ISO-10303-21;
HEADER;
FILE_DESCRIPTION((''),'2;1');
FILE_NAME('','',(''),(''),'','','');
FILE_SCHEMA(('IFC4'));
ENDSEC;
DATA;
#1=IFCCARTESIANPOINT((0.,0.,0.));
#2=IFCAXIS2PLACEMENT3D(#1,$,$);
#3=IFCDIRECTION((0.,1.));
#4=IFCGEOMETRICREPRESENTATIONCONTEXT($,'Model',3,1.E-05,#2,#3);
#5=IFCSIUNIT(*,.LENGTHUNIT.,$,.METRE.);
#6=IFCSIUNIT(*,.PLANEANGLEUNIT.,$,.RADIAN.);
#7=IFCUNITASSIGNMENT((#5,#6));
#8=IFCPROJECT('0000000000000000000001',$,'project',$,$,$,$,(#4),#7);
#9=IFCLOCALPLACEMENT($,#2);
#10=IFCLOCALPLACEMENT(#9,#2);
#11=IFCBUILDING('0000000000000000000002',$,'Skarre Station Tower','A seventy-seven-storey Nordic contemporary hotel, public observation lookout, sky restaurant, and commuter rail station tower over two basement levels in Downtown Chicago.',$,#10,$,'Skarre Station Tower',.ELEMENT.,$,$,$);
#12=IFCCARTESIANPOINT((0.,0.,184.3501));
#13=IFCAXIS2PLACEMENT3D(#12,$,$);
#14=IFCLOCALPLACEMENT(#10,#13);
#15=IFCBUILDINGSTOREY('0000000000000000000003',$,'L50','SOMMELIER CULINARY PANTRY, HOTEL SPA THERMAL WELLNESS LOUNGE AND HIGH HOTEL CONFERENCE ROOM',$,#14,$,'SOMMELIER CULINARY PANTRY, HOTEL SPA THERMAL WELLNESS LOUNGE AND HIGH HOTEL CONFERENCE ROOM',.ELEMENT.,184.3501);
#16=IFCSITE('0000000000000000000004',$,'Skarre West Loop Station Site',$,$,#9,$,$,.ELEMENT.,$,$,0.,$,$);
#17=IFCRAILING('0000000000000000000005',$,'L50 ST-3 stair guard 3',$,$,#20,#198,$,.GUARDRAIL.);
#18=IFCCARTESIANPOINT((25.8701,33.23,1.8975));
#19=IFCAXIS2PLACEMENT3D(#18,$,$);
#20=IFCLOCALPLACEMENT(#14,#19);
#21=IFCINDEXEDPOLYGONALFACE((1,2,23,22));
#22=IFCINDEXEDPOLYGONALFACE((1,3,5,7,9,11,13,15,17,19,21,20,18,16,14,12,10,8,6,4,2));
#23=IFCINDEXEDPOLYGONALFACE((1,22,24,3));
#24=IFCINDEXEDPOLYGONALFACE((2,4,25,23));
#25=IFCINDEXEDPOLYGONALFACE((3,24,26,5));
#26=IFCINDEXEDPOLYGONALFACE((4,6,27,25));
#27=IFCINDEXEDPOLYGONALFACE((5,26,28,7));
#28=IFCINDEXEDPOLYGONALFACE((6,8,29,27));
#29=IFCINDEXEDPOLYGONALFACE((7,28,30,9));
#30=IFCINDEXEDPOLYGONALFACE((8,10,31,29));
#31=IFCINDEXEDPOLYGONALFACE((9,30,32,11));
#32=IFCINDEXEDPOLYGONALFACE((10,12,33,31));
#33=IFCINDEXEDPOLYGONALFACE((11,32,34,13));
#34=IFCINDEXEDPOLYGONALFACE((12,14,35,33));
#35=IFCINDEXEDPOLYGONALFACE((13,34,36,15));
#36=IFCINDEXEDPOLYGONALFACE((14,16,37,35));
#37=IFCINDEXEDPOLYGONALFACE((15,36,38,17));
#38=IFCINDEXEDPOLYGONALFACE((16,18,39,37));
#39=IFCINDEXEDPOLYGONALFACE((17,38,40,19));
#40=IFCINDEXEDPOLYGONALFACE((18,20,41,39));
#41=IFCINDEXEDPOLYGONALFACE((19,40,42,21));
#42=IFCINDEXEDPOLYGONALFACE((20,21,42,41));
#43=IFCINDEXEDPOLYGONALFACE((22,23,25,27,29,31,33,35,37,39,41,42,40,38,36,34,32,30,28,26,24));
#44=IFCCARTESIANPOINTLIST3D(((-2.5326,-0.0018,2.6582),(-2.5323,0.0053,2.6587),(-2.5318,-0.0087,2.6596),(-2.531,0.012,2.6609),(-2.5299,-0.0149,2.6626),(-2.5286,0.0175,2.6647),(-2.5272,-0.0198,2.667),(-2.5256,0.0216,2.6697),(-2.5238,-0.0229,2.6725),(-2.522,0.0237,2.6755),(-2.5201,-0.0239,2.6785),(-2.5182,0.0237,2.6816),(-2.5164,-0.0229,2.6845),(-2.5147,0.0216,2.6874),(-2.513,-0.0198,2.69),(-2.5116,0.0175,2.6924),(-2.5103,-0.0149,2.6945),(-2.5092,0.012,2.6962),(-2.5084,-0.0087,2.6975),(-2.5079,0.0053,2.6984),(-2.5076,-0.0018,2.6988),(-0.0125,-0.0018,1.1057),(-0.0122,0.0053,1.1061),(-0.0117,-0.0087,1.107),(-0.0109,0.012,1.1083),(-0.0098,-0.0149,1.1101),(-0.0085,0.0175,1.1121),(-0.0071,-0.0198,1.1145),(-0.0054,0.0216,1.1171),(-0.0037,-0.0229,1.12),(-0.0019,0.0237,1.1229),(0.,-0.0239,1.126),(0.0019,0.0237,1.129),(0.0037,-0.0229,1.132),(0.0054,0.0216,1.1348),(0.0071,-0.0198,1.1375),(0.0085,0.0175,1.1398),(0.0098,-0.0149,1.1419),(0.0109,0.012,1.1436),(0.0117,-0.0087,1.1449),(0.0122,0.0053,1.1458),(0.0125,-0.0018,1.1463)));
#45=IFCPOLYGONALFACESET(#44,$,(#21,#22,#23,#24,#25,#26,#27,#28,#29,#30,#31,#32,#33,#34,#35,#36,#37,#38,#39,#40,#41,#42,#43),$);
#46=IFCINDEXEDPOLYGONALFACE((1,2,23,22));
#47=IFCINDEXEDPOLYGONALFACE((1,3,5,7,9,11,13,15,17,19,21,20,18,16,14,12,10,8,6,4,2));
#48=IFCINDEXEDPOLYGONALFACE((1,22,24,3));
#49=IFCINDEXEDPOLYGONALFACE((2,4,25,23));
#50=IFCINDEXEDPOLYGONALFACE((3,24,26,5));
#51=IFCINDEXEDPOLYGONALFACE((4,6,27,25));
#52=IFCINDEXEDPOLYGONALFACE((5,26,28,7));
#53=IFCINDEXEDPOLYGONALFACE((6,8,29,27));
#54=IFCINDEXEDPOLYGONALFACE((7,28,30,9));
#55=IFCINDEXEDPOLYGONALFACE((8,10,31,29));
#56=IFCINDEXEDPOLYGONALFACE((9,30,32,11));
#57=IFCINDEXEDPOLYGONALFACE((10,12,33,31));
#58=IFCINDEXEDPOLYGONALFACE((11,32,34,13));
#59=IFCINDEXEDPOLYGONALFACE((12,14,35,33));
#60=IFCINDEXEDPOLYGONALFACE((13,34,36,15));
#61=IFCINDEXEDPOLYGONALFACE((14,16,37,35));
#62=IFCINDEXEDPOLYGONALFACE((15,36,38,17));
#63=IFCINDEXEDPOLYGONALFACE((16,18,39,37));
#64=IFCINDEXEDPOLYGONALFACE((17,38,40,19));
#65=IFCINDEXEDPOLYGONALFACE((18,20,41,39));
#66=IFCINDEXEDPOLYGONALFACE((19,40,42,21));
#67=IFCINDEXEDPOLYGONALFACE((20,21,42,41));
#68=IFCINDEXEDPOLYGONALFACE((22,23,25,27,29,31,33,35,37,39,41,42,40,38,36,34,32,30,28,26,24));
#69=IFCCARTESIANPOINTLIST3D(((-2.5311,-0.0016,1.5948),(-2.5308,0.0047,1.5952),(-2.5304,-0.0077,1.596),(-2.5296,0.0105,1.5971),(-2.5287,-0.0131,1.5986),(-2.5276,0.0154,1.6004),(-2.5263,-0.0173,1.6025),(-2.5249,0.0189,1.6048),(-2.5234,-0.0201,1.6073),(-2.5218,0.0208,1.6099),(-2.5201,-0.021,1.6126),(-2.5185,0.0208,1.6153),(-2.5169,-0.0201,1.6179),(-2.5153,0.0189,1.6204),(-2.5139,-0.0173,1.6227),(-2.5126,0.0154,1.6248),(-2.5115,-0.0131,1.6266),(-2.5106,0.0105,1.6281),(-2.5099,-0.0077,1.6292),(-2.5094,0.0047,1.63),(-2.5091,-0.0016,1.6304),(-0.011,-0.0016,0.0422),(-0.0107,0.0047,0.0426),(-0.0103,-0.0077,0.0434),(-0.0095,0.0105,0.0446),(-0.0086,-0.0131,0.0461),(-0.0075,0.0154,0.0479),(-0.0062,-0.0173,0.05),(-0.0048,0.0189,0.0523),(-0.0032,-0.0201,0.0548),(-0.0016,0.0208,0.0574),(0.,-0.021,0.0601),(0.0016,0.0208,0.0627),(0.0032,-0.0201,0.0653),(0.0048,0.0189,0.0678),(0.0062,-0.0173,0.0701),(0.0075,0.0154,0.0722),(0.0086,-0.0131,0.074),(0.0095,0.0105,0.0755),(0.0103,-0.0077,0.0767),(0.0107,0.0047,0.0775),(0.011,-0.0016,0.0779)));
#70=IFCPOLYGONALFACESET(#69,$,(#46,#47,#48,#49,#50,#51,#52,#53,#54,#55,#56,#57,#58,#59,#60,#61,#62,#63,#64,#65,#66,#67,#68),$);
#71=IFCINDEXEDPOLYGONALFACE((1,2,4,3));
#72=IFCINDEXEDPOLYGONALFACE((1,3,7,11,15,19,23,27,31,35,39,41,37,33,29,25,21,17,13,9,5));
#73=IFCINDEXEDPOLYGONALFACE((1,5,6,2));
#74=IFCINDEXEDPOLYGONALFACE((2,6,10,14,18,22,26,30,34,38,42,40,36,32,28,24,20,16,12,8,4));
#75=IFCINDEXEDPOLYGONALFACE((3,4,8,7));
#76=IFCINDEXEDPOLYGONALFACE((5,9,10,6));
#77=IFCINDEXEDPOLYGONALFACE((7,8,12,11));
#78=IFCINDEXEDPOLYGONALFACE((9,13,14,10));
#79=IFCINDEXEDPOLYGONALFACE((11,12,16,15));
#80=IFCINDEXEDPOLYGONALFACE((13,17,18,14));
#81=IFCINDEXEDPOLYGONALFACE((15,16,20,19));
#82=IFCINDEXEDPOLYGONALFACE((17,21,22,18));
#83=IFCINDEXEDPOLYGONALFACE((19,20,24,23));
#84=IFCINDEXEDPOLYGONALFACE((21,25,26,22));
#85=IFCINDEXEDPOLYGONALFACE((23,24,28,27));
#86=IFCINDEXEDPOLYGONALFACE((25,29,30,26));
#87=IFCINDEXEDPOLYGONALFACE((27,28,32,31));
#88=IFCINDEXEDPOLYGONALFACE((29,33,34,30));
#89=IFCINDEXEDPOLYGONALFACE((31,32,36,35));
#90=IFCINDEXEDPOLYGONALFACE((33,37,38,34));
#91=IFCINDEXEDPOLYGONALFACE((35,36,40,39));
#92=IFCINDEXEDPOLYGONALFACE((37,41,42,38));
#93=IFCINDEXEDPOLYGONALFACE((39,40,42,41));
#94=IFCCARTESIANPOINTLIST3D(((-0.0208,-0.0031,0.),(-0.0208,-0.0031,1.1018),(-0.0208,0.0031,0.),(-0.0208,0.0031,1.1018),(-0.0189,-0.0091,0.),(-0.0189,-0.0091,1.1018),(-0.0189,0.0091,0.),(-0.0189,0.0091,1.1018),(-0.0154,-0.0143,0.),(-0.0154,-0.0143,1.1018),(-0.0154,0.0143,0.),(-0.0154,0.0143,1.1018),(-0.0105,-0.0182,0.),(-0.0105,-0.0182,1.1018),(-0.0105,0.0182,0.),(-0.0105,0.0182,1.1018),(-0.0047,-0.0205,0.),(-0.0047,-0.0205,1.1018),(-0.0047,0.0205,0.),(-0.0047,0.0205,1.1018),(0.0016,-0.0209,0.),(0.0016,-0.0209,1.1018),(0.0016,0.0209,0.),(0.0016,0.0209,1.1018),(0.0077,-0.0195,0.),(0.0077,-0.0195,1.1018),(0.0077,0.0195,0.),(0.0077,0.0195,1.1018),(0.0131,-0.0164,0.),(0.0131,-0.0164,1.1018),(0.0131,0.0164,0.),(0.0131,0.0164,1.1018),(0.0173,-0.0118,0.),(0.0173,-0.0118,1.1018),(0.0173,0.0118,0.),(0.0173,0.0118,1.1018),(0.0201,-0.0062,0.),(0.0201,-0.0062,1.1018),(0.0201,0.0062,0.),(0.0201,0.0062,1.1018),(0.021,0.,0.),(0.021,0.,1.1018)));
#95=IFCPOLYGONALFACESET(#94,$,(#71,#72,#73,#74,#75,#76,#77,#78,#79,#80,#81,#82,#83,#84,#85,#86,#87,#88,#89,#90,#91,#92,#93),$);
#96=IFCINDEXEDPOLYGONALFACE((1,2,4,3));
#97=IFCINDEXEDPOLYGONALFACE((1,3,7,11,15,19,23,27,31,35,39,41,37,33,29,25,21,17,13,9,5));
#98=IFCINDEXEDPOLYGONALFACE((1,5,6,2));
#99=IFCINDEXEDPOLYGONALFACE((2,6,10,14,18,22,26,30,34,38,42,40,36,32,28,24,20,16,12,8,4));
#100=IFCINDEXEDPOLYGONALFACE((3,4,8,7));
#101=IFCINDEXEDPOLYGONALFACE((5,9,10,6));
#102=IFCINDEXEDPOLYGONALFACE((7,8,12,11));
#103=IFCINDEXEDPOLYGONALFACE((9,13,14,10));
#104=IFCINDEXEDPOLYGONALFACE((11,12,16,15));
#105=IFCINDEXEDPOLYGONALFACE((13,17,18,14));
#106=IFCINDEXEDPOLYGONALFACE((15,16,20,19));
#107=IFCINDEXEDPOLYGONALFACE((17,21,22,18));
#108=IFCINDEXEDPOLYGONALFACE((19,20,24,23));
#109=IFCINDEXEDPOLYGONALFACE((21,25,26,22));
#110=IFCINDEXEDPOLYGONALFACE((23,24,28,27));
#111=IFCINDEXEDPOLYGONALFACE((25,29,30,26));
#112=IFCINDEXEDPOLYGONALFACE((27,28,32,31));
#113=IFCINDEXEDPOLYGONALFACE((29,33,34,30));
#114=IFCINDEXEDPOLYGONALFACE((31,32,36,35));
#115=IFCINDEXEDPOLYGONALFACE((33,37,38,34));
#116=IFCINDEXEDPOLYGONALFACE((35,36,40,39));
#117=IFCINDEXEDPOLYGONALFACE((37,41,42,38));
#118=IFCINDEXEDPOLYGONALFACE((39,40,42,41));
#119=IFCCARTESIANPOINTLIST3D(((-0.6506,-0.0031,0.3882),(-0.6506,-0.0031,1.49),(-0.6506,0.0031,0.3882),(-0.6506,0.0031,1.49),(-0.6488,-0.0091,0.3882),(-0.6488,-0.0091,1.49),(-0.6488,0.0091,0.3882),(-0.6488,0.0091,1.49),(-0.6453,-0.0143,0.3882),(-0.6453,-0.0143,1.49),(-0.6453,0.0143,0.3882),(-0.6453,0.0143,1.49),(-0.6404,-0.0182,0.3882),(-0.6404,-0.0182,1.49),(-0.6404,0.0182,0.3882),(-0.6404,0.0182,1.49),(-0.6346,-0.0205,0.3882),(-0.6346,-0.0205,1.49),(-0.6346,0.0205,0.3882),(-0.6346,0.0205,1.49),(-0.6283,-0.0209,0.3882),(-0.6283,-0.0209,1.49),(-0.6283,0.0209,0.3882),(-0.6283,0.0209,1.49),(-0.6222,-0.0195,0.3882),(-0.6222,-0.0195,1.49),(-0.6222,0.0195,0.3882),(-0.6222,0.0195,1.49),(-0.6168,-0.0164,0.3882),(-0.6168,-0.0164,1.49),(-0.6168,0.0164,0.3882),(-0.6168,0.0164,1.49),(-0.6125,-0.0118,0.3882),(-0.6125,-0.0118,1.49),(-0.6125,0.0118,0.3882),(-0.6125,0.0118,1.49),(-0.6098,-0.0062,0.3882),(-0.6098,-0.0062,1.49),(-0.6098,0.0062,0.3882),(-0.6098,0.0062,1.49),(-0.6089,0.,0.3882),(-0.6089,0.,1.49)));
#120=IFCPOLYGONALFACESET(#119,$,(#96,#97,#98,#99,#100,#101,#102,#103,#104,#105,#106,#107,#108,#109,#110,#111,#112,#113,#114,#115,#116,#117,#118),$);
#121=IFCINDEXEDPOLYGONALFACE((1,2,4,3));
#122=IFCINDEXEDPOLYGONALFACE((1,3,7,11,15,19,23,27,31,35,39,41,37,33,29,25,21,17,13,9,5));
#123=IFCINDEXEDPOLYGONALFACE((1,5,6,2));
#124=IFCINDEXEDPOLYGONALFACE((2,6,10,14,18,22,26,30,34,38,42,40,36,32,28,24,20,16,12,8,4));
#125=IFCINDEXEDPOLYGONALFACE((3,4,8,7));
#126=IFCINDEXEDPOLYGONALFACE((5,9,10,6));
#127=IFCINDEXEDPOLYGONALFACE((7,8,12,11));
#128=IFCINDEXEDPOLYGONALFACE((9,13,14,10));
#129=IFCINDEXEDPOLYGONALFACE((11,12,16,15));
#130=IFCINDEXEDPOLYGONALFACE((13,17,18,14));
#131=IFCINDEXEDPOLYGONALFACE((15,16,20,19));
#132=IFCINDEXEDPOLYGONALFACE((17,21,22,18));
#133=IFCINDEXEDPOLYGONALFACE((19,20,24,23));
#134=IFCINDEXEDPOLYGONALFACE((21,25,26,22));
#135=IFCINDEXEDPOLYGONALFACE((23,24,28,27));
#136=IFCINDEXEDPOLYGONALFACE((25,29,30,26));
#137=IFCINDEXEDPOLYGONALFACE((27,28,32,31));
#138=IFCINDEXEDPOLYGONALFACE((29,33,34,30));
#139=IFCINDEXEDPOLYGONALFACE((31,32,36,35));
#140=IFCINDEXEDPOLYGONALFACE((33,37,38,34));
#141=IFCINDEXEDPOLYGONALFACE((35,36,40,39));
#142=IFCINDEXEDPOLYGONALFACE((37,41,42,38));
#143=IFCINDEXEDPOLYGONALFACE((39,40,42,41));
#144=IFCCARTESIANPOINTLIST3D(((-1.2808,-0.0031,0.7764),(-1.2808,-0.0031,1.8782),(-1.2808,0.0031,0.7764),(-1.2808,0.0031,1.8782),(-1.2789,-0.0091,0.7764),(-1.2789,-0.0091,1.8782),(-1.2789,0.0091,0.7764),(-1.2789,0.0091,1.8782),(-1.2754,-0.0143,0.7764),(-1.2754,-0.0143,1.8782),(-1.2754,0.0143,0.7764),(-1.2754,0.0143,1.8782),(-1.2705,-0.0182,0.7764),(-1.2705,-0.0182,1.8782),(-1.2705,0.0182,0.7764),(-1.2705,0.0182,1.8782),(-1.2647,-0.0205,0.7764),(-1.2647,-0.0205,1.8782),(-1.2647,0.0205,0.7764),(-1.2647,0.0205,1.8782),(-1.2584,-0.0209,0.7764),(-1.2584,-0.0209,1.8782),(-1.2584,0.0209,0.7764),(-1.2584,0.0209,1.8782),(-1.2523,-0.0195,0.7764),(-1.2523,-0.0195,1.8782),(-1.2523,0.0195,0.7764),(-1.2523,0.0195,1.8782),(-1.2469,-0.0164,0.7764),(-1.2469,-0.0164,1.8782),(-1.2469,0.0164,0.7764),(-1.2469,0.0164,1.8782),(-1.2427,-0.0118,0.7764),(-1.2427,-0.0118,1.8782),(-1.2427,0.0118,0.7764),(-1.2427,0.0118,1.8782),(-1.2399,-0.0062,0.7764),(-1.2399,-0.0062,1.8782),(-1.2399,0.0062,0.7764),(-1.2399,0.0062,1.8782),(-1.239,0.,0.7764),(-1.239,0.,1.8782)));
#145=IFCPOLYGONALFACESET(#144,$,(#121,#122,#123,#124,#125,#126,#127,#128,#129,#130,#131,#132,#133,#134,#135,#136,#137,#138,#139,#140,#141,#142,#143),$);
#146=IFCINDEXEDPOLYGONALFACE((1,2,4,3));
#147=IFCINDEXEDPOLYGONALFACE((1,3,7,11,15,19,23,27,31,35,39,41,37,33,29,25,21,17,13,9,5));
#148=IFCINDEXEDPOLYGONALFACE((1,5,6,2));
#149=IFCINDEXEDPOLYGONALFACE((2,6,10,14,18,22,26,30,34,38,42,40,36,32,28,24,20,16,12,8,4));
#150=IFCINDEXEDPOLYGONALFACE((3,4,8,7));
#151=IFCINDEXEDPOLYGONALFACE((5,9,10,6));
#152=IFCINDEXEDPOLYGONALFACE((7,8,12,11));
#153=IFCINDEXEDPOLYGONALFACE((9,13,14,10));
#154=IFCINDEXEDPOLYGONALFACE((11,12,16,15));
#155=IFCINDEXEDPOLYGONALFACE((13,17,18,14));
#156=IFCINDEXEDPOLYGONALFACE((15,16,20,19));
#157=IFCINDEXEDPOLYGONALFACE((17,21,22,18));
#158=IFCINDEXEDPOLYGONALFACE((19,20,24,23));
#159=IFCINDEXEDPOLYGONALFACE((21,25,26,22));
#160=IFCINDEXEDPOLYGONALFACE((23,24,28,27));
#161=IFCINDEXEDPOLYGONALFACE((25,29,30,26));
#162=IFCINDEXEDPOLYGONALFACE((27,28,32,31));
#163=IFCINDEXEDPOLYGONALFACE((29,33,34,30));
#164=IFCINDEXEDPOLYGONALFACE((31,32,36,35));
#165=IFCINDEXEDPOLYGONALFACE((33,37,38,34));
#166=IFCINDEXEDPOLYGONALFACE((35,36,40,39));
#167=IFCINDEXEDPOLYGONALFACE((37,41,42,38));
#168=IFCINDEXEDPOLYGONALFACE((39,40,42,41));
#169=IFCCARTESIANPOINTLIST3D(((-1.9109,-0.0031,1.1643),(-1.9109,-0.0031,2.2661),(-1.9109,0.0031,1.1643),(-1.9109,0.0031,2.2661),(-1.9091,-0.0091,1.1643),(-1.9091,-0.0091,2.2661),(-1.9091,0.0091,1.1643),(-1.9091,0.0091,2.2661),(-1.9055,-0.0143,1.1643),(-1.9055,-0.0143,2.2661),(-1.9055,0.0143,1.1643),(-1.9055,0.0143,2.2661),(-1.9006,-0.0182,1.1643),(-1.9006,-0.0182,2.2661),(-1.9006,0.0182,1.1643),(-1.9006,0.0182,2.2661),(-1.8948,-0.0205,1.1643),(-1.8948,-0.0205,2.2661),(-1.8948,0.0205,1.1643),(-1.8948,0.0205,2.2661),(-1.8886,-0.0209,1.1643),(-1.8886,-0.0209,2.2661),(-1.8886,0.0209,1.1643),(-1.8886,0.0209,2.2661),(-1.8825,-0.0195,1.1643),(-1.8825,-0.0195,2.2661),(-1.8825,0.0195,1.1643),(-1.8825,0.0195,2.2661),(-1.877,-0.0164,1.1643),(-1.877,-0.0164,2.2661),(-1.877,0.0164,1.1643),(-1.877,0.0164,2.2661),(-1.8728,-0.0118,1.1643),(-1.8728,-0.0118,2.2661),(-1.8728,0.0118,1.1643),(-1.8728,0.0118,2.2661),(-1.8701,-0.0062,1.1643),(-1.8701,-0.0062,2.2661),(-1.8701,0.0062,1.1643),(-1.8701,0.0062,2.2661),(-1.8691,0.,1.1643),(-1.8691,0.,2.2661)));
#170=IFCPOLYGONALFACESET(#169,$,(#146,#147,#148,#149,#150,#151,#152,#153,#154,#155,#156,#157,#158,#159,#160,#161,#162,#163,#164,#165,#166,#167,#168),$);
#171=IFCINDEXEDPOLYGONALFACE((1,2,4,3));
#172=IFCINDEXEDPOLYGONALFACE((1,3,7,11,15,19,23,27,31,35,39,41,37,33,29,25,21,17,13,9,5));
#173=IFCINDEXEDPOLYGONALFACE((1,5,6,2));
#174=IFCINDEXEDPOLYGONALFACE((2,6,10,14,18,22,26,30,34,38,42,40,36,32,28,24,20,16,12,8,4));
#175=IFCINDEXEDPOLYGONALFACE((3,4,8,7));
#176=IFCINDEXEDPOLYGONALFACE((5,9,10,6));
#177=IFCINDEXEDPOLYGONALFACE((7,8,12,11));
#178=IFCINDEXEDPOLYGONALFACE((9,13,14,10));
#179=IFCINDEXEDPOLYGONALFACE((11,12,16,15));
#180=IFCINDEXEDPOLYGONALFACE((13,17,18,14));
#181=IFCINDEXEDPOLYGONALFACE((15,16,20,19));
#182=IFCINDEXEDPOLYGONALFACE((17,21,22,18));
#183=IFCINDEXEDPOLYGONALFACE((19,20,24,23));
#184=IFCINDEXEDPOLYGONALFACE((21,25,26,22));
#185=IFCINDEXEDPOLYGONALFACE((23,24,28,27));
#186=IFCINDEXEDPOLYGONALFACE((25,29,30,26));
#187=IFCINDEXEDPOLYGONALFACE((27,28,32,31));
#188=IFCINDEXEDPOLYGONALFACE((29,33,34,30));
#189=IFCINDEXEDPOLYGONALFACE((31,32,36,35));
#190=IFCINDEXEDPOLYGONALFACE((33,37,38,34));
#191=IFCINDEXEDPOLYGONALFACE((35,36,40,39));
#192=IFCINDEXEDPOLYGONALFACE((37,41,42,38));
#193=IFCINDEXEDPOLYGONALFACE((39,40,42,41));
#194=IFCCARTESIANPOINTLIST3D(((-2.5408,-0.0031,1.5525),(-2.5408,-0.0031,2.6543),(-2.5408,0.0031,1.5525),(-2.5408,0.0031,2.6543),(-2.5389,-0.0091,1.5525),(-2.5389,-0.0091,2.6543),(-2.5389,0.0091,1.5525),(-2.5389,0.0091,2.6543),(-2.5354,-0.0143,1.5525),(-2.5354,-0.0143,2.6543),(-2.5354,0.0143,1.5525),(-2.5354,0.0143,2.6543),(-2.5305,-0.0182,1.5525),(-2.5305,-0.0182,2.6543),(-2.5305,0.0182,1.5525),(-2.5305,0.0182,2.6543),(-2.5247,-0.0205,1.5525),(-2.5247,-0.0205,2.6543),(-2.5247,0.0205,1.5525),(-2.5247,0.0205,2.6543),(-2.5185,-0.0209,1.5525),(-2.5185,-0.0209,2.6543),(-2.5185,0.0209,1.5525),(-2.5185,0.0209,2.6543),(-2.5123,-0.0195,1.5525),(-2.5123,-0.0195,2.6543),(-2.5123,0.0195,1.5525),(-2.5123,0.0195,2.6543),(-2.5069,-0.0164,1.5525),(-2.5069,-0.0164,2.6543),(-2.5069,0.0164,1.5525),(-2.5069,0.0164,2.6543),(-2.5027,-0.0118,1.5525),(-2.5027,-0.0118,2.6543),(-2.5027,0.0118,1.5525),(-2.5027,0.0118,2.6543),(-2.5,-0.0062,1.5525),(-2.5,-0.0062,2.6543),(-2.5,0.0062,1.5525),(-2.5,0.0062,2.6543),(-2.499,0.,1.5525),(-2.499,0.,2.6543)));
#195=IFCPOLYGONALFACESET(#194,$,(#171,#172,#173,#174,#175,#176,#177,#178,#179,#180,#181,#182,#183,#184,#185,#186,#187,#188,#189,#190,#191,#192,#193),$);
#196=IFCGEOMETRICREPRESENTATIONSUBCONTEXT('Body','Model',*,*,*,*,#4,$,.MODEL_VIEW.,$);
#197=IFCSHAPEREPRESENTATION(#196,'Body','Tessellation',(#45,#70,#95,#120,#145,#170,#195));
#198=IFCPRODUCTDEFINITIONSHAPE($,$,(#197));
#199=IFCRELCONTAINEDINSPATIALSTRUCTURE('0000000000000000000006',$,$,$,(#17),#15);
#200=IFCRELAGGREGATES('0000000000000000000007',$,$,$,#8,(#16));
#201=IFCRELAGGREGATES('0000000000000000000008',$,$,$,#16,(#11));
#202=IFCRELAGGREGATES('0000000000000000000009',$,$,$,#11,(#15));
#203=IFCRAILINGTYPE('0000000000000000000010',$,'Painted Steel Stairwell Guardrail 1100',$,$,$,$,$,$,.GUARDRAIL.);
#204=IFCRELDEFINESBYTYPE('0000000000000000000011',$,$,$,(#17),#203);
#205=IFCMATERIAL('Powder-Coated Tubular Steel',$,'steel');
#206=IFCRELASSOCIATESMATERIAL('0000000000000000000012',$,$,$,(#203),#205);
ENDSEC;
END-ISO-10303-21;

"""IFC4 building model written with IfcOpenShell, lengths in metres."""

from ifc_helpers import new_model, si_unit, direction, frame, origin, origin_2d, place, context, subcontext, project, spatial, circle, extrude, material, type_object, element, save


model = new_model("IFC4")

# Units and contexts
model_context = context("Model", 3, precision=1e-05, world=origin(), true_north=direction((0.0, 1.0)))
body_context = subcontext(model_context, "Body", "Model", "MODEL_VIEW")
ifc_project = project(units=[si_unit("LENGTHUNIT", "METRE"), si_unit("PLANEANGLEUNIT", "RADIAN")], contexts=[model_context])

# Site, building, storey
site_placement = place(None, origin())
site = spatial("IfcSite", under=ifc_project, at=site_placement, Name="Skarre West Loop Station Site", CompositionType="ELEMENT", RefElevation=0.0)
building_placement = place(site_placement, origin())
building = spatial("IfcBuilding", under=site, at=building_placement, Name="Skarre Station Tower", Description="A seventy-seven-storey Nordic contemporary hotel, public observation lookout, sky restaurant, and commuter rail station tower over two basement levels in Downtown Chicago.", LongName="Skarre Station Tower", CompositionType="ELEMENT")
storey_placement = place(building_placement, frame((0.0, 0.0, 184.3501)))
storey = spatial("IfcBuildingStorey", under=building, at=storey_placement, Name="L50", Description="SOMMELIER CULINARY PANTRY, HOTEL SPA THERMAL WELLNESS LOUNGE AND HIGH HOTEL CONFERENCE ROOM", LongName="SOMMELIER CULINARY PANTRY, HOTEL SPA THERMAL WELLNESS LOUNGE AND HIGH HOTEL CONFERENCE ROOM", CompositionType="ELEMENT", Elevation=184.3501)

# Railing
ifc_material_1 = material(Name="Powder-Coated Tubular Steel", Category="steel")
railing_type_1 = type_object("IfcRailingType", Name="Painted Steel Stairwell Guardrail 1100", PredefinedType="GUARDRAIL", material=ifc_material_1)
railing_1_placement = place(storey_placement, frame((25.8701, 33.23, 1.8975)))
element("IfcRailing", 1, at=railing_1_placement, inside=storey, type_object=railing_type_1, Name="L50 ST-3 stair guard 3", PredefinedType="GUARDRAIL", context=body_context, shape_type="SweptSolid", body=[
    extrude(circle(Radius=0.0239, at=origin_2d()), frame((0.0, 0.0, 1.126), z_axis=(-0.8514, 0.0, 0.524516), x_axis=(0.0, -1.0, 0.0)), (0.0, 0.0, 1.0), 2.96),
    extrude(circle(Radius=0.021, at=origin_2d()), frame((0.0, 0.0, 0.0601), z_axis=(-0.8514, 0.0, 0.524516), x_axis=(0.0, -1.0, 0.0)), (0.0, 0.0, 1.0), 2.96),
    extrude(circle(Radius=0.021, at=origin_2d()), origin(), (0.0, 0.0, 1.0), 1.1018),
    extrude(circle(Radius=0.021, at=origin_2d()), frame((-0.6299, 0.0, 0.3882)), (0.0, 0.0, 1.0), 1.1018),
    extrude(circle(Radius=0.021, at=origin_2d()), frame((-1.26, 0.0, 0.7764)), (0.0, 0.0, 1.0), 1.1018),
    extrude(circle(Radius=0.021, at=origin_2d()), frame((-1.8901, 0.0, 1.1643)), (0.0, 0.0, 1.0), 1.1018),
    extrude(circle(Radius=0.021, at=origin_2d()), frame((-2.52, 0.0, 1.5525)), (0.0, 0.0, 1.0), 1.1018),
])

save(model, "model.ifc")
